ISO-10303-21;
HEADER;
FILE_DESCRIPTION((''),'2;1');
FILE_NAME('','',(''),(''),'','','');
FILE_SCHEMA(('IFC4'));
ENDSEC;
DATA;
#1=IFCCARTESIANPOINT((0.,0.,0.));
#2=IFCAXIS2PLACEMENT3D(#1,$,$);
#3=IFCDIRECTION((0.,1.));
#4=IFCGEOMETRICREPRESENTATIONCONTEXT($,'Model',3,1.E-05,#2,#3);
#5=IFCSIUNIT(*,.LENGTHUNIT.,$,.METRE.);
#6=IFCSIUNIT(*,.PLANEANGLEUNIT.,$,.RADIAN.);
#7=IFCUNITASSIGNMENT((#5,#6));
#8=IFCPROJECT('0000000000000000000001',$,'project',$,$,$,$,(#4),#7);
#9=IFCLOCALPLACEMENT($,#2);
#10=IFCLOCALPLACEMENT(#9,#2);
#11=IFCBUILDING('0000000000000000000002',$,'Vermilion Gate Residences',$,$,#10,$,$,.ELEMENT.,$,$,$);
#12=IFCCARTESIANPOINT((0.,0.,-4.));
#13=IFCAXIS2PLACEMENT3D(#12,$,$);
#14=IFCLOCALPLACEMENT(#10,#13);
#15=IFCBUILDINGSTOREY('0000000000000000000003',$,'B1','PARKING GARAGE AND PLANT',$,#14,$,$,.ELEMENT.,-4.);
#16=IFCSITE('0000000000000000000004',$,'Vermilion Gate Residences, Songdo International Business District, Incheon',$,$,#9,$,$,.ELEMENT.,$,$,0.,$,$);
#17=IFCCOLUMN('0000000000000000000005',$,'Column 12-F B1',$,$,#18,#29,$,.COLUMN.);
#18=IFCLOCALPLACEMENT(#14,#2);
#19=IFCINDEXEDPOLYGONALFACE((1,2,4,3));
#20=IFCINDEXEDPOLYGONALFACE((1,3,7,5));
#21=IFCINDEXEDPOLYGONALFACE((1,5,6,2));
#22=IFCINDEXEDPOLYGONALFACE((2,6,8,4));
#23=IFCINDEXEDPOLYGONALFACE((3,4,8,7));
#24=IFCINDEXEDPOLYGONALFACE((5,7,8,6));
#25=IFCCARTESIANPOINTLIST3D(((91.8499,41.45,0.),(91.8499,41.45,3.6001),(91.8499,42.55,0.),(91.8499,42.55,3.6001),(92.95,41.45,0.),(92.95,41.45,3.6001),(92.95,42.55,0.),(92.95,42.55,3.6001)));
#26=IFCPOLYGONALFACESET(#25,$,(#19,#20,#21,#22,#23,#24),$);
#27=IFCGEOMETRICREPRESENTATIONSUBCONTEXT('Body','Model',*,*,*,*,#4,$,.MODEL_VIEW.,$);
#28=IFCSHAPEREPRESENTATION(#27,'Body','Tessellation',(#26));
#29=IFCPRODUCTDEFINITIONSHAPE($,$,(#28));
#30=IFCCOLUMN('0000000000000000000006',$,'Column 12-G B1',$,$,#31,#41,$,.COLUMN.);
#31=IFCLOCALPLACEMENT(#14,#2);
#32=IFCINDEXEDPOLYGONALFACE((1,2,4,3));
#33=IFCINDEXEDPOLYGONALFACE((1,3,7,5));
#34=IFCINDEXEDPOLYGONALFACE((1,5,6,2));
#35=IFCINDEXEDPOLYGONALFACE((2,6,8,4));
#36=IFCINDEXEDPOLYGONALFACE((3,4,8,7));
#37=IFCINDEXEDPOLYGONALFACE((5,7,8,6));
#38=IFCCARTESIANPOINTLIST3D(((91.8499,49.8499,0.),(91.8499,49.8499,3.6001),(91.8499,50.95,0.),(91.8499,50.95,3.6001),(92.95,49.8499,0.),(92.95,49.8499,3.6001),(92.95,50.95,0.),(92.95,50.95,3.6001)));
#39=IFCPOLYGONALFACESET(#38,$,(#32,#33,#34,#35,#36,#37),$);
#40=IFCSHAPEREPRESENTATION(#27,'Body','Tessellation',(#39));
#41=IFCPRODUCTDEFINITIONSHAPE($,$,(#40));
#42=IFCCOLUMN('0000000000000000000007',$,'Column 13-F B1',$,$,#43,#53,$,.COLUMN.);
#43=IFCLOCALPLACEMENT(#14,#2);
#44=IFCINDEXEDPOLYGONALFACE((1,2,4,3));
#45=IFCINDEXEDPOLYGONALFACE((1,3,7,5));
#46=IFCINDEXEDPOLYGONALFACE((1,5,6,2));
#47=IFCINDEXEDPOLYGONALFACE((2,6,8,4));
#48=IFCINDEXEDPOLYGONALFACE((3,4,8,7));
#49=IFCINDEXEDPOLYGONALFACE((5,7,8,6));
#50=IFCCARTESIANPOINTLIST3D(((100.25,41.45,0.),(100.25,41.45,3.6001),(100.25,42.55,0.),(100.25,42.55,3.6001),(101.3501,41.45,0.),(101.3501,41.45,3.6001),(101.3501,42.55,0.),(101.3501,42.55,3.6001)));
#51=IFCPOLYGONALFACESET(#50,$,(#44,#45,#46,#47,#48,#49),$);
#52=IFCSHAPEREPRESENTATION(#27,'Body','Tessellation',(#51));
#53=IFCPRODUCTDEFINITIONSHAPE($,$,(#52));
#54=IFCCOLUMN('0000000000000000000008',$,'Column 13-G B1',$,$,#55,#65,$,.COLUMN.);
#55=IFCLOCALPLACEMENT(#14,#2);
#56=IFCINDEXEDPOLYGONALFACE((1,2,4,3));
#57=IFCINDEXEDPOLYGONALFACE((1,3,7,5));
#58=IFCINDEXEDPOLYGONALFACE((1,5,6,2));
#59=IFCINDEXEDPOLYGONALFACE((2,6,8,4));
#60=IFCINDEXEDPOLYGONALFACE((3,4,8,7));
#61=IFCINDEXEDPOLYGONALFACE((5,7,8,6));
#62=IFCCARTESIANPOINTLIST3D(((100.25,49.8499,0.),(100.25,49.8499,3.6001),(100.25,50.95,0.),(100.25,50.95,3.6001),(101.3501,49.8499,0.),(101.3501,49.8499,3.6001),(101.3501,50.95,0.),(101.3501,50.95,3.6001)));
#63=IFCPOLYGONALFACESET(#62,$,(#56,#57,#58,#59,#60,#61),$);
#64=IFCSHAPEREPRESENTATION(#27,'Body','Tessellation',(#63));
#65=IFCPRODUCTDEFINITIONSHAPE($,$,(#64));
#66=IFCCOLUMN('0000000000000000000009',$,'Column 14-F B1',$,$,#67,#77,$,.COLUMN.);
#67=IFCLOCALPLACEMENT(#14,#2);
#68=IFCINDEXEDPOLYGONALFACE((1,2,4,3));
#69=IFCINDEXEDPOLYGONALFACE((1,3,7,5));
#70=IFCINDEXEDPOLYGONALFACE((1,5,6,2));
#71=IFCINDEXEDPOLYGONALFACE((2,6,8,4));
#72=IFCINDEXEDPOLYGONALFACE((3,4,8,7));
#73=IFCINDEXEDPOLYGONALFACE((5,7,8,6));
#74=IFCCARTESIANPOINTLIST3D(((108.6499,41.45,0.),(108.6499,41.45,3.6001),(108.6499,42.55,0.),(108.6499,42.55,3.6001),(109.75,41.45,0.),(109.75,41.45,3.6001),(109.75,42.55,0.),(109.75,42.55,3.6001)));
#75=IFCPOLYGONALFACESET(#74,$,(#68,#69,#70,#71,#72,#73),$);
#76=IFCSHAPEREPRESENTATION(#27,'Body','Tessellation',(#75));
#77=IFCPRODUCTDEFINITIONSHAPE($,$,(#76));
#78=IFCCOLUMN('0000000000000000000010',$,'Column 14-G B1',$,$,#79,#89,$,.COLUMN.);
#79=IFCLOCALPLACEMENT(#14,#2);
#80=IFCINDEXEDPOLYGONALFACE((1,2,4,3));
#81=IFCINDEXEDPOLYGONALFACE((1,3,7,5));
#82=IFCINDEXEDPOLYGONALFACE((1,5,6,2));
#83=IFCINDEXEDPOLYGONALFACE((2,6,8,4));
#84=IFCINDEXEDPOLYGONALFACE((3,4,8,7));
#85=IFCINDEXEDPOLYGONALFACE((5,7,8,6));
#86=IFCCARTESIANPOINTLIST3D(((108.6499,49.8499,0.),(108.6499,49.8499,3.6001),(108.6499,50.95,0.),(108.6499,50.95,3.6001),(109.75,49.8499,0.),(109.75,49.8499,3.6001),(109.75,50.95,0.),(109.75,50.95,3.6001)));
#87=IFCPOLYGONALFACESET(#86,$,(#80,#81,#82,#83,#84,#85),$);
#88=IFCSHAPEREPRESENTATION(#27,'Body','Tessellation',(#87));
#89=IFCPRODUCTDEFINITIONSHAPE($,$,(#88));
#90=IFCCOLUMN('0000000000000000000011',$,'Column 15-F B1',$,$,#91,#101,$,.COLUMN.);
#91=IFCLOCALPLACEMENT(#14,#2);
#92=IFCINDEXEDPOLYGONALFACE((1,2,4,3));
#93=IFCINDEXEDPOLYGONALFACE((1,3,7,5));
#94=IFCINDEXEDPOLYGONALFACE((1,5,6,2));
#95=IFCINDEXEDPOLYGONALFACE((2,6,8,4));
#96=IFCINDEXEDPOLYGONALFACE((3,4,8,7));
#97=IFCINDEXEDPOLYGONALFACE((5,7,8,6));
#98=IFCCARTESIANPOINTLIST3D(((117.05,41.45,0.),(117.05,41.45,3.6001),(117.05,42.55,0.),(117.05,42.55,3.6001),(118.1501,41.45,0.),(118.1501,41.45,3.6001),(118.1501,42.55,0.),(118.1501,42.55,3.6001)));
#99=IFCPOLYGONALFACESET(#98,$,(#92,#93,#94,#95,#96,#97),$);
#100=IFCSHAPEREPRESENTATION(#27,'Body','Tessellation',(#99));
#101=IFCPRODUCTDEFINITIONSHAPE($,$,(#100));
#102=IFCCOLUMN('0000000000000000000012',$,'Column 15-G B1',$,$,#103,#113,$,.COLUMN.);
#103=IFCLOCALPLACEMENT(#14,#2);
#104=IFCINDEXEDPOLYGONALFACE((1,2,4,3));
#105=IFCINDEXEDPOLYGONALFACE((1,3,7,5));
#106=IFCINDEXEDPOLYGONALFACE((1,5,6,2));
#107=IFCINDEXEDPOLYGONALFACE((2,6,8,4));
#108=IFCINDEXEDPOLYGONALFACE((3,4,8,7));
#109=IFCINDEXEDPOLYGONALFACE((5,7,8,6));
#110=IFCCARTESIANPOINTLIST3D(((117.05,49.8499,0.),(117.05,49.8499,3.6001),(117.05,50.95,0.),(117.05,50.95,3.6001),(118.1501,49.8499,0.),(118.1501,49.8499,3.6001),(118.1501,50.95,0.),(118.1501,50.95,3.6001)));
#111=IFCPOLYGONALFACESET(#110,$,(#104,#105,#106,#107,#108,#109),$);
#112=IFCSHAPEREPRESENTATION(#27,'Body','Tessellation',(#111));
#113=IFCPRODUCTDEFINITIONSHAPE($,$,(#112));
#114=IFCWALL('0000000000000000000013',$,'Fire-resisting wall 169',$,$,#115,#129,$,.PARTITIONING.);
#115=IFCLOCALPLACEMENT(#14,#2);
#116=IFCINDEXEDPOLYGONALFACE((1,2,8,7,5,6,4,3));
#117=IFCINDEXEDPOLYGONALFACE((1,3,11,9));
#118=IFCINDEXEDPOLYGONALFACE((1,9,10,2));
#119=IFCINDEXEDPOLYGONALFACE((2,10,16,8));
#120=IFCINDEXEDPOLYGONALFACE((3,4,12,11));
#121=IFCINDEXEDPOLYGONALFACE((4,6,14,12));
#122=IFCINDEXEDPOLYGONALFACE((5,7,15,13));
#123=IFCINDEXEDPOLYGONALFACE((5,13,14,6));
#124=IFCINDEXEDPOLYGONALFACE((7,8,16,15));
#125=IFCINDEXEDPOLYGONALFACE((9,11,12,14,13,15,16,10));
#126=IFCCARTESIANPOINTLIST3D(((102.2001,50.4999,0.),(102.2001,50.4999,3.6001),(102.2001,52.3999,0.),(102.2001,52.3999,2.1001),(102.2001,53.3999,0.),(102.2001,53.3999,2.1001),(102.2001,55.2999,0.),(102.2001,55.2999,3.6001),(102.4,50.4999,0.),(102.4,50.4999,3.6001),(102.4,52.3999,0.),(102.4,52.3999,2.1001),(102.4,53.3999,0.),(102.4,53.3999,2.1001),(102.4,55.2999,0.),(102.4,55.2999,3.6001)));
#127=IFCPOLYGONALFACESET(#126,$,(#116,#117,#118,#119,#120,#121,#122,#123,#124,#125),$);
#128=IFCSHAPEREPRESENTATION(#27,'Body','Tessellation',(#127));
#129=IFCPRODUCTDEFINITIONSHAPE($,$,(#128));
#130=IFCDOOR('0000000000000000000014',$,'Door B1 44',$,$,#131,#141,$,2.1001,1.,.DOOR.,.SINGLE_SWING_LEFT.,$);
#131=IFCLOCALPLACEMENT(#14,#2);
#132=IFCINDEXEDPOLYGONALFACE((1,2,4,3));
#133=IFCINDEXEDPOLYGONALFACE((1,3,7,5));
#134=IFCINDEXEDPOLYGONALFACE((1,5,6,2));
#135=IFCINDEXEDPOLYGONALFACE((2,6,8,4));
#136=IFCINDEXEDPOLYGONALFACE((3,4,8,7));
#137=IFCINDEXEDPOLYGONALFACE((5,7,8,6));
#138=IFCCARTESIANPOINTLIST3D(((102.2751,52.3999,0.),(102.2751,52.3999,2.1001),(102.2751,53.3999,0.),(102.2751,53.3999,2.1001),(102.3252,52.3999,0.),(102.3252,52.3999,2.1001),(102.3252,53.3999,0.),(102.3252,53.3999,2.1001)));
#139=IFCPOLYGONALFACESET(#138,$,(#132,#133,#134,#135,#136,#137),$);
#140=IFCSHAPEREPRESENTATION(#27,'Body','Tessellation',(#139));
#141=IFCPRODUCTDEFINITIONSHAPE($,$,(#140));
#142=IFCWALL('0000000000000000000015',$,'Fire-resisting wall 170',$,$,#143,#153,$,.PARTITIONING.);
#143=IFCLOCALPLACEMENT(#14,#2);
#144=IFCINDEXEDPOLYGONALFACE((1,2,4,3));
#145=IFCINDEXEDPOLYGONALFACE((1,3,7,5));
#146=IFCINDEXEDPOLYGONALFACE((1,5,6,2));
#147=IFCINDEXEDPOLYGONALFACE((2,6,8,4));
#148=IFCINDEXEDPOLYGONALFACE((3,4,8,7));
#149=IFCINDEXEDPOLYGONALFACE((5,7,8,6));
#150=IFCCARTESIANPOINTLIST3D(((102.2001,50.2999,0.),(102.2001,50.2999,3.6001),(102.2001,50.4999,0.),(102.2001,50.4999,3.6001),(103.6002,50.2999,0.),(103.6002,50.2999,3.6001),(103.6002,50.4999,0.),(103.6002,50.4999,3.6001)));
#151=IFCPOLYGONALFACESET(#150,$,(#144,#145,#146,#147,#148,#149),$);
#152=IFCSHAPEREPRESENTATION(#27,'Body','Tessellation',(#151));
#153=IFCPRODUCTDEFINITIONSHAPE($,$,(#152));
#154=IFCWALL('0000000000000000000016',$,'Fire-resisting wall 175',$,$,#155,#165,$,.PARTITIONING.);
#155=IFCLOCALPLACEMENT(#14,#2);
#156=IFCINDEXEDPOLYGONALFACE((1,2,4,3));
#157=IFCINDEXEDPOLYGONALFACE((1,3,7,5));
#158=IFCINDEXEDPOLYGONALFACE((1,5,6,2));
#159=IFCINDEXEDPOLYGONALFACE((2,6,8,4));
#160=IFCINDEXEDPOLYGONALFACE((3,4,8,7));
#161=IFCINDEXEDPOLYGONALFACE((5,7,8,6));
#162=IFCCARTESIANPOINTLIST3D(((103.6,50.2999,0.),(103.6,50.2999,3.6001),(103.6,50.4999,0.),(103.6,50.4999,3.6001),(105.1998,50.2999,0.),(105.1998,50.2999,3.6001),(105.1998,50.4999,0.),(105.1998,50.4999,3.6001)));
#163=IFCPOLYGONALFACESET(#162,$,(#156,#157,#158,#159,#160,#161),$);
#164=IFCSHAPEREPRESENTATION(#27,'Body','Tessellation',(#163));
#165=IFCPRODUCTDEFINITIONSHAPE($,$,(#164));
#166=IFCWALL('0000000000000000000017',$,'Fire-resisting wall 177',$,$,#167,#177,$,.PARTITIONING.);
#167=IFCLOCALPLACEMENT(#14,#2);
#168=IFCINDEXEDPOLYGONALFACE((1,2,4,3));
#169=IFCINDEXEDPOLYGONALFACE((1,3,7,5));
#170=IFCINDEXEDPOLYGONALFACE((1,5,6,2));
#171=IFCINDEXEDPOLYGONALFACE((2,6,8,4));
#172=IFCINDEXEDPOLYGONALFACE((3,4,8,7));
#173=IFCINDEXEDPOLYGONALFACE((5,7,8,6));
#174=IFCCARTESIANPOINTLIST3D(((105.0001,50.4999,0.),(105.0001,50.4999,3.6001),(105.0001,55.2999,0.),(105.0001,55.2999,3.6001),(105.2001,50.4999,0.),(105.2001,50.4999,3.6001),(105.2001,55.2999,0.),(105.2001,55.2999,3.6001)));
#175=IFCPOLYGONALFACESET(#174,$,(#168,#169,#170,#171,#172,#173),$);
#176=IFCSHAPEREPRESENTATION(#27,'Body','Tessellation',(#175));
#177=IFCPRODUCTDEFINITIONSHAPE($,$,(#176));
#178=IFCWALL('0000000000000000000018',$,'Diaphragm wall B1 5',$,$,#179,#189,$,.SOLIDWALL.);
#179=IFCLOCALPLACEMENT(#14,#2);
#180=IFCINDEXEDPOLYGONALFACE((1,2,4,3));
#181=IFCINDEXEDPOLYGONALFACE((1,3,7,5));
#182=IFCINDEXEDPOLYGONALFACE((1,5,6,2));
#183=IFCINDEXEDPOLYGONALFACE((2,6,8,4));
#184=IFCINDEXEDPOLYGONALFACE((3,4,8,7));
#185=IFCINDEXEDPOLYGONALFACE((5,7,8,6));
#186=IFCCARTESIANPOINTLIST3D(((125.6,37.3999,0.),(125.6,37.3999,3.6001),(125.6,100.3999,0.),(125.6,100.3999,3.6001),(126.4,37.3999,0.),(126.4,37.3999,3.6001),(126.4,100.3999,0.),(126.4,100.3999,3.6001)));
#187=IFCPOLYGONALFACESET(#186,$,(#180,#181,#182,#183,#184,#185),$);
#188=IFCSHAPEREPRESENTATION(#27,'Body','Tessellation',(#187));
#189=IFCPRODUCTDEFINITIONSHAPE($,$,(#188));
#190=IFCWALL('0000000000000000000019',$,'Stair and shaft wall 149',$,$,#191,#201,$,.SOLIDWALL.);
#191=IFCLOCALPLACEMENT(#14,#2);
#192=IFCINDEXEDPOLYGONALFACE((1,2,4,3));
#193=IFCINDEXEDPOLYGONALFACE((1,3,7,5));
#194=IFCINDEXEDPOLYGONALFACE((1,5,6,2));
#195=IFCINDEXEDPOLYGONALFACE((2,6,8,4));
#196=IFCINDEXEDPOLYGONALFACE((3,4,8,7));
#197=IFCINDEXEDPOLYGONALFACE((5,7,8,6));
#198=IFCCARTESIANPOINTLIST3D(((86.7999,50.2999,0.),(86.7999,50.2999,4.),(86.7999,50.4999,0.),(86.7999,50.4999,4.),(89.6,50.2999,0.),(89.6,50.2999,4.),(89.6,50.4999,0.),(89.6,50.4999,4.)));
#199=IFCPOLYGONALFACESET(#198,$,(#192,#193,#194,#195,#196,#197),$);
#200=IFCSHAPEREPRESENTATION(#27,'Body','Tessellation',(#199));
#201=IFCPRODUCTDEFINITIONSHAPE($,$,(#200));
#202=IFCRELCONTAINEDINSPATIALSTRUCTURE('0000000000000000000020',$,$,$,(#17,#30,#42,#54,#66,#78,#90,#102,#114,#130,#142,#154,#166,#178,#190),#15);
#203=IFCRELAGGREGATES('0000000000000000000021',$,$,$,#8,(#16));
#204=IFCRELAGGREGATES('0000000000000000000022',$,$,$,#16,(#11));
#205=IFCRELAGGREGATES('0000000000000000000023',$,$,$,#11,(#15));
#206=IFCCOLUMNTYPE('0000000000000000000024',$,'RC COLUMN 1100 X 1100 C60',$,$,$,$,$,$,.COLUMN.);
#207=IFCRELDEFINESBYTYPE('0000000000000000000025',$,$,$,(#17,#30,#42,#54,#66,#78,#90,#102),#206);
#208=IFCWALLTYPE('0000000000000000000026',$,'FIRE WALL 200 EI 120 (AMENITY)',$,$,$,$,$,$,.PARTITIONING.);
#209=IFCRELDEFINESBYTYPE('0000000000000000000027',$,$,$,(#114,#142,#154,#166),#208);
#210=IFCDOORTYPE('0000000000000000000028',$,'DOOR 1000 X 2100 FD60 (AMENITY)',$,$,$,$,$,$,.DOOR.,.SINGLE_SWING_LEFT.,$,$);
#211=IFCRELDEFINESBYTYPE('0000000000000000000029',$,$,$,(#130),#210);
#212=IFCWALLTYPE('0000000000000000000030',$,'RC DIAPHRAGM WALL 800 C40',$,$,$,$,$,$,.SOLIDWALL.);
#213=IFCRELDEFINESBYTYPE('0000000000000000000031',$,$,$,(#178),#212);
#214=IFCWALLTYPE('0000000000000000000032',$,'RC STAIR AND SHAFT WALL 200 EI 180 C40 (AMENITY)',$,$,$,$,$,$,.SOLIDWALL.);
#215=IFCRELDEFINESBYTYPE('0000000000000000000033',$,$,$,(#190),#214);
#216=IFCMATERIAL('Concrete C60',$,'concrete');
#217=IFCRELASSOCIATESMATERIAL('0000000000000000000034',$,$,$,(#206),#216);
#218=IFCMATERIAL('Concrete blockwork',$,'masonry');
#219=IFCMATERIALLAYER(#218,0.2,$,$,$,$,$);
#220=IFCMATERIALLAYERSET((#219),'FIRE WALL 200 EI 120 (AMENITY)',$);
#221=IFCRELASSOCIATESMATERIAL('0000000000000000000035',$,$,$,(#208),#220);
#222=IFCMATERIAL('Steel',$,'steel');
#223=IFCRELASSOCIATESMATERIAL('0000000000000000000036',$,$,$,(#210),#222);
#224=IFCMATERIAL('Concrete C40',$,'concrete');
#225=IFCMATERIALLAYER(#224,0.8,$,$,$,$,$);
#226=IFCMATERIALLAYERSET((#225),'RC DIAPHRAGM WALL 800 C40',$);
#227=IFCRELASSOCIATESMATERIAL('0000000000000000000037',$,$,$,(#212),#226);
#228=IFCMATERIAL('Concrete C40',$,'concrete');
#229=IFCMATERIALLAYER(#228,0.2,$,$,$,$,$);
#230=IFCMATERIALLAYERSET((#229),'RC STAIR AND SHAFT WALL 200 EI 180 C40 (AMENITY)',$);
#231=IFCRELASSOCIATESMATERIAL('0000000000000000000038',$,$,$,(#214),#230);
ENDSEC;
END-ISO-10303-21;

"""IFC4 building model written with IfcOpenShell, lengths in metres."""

from ifc_helpers import new_model, si_unit, direction, frame, frame_2d, origin, origin_2d, place, context, subcontext, project, spatial, rectangle, extrude, material, layer, layer_set, material_profile, profile_set, type_object, element, fill, save


model = new_model("IFC4")

# Units and contexts
model_context = context("Model", 3, precision=1e-05, world=origin(), true_north=direction((0.0, 1.0)))
body_context = subcontext(model_context, "Body", "Model", "MODEL_VIEW")
ifc_project = project(units=[si_unit("LENGTHUNIT", "METRE"), si_unit("PLANEANGLEUNIT", "RADIAN")], contexts=[model_context])

# Site, building, storey
site_placement = place(None, origin())
site = spatial("IfcSite", under=ifc_project, at=site_placement, Name="Vermilion Gate Residences, Songdo International Business District, Incheon", CompositionType="ELEMENT", RefElevation=0.0)
building_placement = place(site_placement, origin())
building = spatial("IfcBuilding", under=site, at=building_placement, Name="Vermilion Gate Residences", CompositionType="ELEMENT")
storey_placement = place(building_placement, frame((0.0, 0.0, -4.0)))
storey = spatial("IfcBuildingStorey", under=building, at=storey_placement, Name="B1", Description="PARKING GARAGE AND PLANT", CompositionType="ELEMENT", Elevation=-4.0)

# Columns
ifc_material_1 = material(Name="Concrete C60", Category="concrete")
ifc_material_profile = material_profile(ifc_material_1, rectangle(XDim=1.1001, YDim=1.1001, at=origin_2d()), Name="RC-1100x1100")
ifc_profile_set = profile_set([ifc_material_profile], Name="Concrete C60")
column_type = type_object("IfcColumnType", Name="RC COLUMN 1100 X 1100 C60", PredefinedType="COLUMN", material=ifc_profile_set)
for number, where, z_axis, x_axis, name in (
    (1, (92.3999, 42.0, 0.0), (0.0, 0.0, 1.0), (1.0, 0.0, 0.0), "Column 12-F B1"),
    (2, (92.3999, 50.3999, 0.0), (0.0, 0.0, 1.0), (1.0, 0.0, 0.0), "Column 12-G B1"),
    (3, (100.8, 42.0, 0.0), (0.0, 0.0, 1.0), (1.0, 0.0, 0.0), "Column 13-F B1"),
    (4, (100.8, 50.3999, 0.0), (0.0, 0.0, 1.0), (1.0, 0.0, 0.0), "Column 13-G B1"),
    (5, (109.2, 42.0, 0.0), (0.0, 0.0, 1.0), (1.0, 0.0, 0.0), "Column 14-F B1"),
    (6, (109.2, 50.3999, 0.0), (0.0, 0.0, 1.0), (1.0, 0.0, 0.0), "Column 14-G B1"),
    (7, (117.6001, 42.0, 0.0), (0.0, 0.0, 1.0), (1.0, 0.0, 0.0), "Column 15-F B1"),
    (8, (117.6001, 50.3999, 0.0), (0.0, 0.0, 1.0), (1.0, 0.0, 0.0), "Column 15-G B1"),
):
    element("IfcColumn", number, at=place(storey_placement, frame(where, z_axis=z_axis, x_axis=x_axis)), inside=storey, type_object=column_type, Name=name, PredefinedType="COLUMN", context=body_context, shape_type="SweptSolid", body=[
        extrude(rectangle(XDim=1.1001, YDim=1.1001, at=origin_2d()), origin(), (0.0, 0.0, 1.0), 3.6001),
    ])

# Wall, opening, door
ifc_material_2 = material(Name="Concrete blockwork", Category="masonry")
ifc_layer_1 = layer(ifc_material_2, 0.2)
ifc_layer_set_1 = layer_set([ifc_layer_1], Name="FIRE WALL 200 EI 120 (AMENITY)")
wall_type_1 = type_object("IfcWallType", Name="FIRE WALL 200 EI 120 (AMENITY)", PredefinedType="PARTITIONING", material=ifc_layer_set_1)
wall_1_placement = place(storey_placement, frame((102.3, 50.5, 0.0), z_axis=(0.0, 0.0, 1.0), x_axis=(0.0, 1.0, 0.0)))
wall_1 = element("IfcWall", 9, at=wall_1_placement, inside=storey, type_object=wall_type_1, Name="Fire-resisting wall 169", PredefinedType="PARTITIONING", context=body_context, shape_type="SweptSolid", body=[
    extrude(rectangle(XDim=4.8, YDim=0.2, at=frame_2d((2.3999, 0.0))), origin(), (0.0, 0.0, 1.0), 3.6001),
])
opening_1_placement = place(wall_1_placement, frame((1.8999, 0.0, 0.0)))
opening_1 = element("IfcOpeningElement", 10, at=opening_1_placement, cuts=wall_1, PredefinedType="OPENING", context=body_context, shape_type="SweptSolid", body=[
    extrude(rectangle(XDim=1.0, YDim=2.1001, at=frame_2d((0.5, 1.05))), frame((0.0, 0.1099, 0.0), z_axis=(0.0, -1.0, 0.0), x_axis=(1.0, 0.0, 0.0)), (0.0, 0.0, 1.0), 0.22),
])
ifc_material_3 = material(Name="Steel", Category="steel")
door_type = type_object("IfcDoorType", Name="DOOR 1000 X 2100 FD60 (AMENITY)", OperationType="SINGLE_SWING_LEFT", PredefinedType="DOOR", material=ifc_material_3)
door_1_placement = place(opening_1_placement, origin())
door_1 = element("IfcDoor", 11, at=door_1_placement, inside=storey, type_object=door_type, Name="Door B1 44", OperationType="SINGLE_SWING_LEFT", OverallHeight=2.1001, OverallWidth=1.0, PredefinedType="DOOR", context=body_context, shape_type="SweptSolid", body=[
    extrude(rectangle(XDim=1.0, YDim=2.1001, at=frame_2d((0.5, 1.05))), frame((0.0, 0.0249, 0.0), z_axis=(0.0, -1.0, 0.0), x_axis=(1.0, 0.0, 0.0)), (0.0, 0.0, 1.0), 0.05),
])
fill(opening_1, door_1)

# Walls
wall_2_placement = place(storey_placement, frame((102.2, 50.3999, 0.0), z_axis=(0.0, 0.0, 1.0), x_axis=(1.0, 0.0, 0.0)))
element("IfcWall", 12, at=wall_2_placement, inside=storey, type_object=wall_type_1, Name="Fire-resisting wall 170", PredefinedType="PARTITIONING", context=body_context, shape_type="SweptSolid", body=[
    extrude(rectangle(XDim=1.4001, YDim=0.2, at=frame_2d((0.7002, 0.0))), origin(), (0.0, 0.0, 1.0), 3.6001),
])
wall_3_placement = place(storey_placement, frame((103.6001, 50.3999, 0.0), z_axis=(0.0, 0.0, 1.0), x_axis=(1.0, 0.0, 0.0)))
element("IfcWall", 13, at=wall_3_placement, inside=storey, type_object=wall_type_1, Name="Fire-resisting wall 175", PredefinedType="PARTITIONING", context=body_context, shape_type="SweptSolid", body=[
    extrude(rectangle(XDim=1.5999, YDim=0.2, at=frame_2d((0.7998, 0.0))), origin(), (0.0, 0.0, 1.0), 3.6001),
])
wall_4_placement = place(storey_placement, frame((105.1001, 50.5, 0.0), z_axis=(0.0, 0.0, 1.0), x_axis=(0.0, 1.0, 0.0)))
element("IfcWall", 14, at=wall_4_placement, inside=storey, type_object=wall_type_1, Name="Fire-resisting wall 177", PredefinedType="PARTITIONING", context=body_context, shape_type="SweptSolid", body=[
    extrude(rectangle(XDim=4.8, YDim=0.2, at=frame_2d((2.3999, 0.0))), origin(), (0.0, 0.0, 1.0), 3.6001),
])
ifc_material_4 = material(Name="Concrete C40", Category="concrete")
ifc_layer_2 = layer(ifc_material_4, 0.8)
ifc_layer_set_2 = layer_set([ifc_layer_2], Name="RC DIAPHRAGM WALL 800 C40")
wall_type_2 = type_object("IfcWallType", Name="RC DIAPHRAGM WALL 800 C40", PredefinedType="SOLIDWALL", material=ifc_layer_set_2)
wall_5_placement = place(storey_placement, frame((126.0, 37.3999, 0.0), z_axis=(0.0, 0.0, 1.0), x_axis=(0.0, 1.0, 0.0)))
element("IfcWall", 15, at=wall_5_placement, inside=storey, type_object=wall_type_2, Name="Diaphragm wall B1 5", PredefinedType="SOLIDWALL", context=body_context, shape_type="SweptSolid", body=[
    extrude(rectangle(XDim=63.0, YDim=0.8, at=frame_2d((31.5, 0.0))), origin(), (0.0, 0.0, 1.0), 3.6001),
])
ifc_material_5 = material(Name="Concrete C40", Category="concrete")
ifc_layer_3 = layer(ifc_material_5, 0.2)
ifc_layer_set_3 = layer_set([ifc_layer_3], Name="RC STAIR AND SHAFT WALL 200 EI 180 C40 (AMENITY)")
wall_type_3 = type_object("IfcWallType", Name="RC STAIR AND SHAFT WALL 200 EI 180 C40 (AMENITY)", PredefinedType="SOLIDWALL", material=ifc_layer_set_3)
wall_6_placement = place(storey_placement, frame((86.8, 50.3999, 0.0), z_axis=(0.0, 0.0, 1.0), x_axis=(1.0, 0.0, 0.0)))
element("IfcWall", 16, at=wall_6_placement, inside=storey, type_object=wall_type_3, Name="Stair and shaft wall 149", PredefinedType="SOLIDWALL", context=body_context, shape_type="SweptSolid", body=[
    extrude(rectangle(XDim=2.8, YDim=0.2, at=frame_2d((1.3999, 0.0))), origin(), (0.0, 0.0, 1.0), 4.0),
])

save(model, "model.ifc")
